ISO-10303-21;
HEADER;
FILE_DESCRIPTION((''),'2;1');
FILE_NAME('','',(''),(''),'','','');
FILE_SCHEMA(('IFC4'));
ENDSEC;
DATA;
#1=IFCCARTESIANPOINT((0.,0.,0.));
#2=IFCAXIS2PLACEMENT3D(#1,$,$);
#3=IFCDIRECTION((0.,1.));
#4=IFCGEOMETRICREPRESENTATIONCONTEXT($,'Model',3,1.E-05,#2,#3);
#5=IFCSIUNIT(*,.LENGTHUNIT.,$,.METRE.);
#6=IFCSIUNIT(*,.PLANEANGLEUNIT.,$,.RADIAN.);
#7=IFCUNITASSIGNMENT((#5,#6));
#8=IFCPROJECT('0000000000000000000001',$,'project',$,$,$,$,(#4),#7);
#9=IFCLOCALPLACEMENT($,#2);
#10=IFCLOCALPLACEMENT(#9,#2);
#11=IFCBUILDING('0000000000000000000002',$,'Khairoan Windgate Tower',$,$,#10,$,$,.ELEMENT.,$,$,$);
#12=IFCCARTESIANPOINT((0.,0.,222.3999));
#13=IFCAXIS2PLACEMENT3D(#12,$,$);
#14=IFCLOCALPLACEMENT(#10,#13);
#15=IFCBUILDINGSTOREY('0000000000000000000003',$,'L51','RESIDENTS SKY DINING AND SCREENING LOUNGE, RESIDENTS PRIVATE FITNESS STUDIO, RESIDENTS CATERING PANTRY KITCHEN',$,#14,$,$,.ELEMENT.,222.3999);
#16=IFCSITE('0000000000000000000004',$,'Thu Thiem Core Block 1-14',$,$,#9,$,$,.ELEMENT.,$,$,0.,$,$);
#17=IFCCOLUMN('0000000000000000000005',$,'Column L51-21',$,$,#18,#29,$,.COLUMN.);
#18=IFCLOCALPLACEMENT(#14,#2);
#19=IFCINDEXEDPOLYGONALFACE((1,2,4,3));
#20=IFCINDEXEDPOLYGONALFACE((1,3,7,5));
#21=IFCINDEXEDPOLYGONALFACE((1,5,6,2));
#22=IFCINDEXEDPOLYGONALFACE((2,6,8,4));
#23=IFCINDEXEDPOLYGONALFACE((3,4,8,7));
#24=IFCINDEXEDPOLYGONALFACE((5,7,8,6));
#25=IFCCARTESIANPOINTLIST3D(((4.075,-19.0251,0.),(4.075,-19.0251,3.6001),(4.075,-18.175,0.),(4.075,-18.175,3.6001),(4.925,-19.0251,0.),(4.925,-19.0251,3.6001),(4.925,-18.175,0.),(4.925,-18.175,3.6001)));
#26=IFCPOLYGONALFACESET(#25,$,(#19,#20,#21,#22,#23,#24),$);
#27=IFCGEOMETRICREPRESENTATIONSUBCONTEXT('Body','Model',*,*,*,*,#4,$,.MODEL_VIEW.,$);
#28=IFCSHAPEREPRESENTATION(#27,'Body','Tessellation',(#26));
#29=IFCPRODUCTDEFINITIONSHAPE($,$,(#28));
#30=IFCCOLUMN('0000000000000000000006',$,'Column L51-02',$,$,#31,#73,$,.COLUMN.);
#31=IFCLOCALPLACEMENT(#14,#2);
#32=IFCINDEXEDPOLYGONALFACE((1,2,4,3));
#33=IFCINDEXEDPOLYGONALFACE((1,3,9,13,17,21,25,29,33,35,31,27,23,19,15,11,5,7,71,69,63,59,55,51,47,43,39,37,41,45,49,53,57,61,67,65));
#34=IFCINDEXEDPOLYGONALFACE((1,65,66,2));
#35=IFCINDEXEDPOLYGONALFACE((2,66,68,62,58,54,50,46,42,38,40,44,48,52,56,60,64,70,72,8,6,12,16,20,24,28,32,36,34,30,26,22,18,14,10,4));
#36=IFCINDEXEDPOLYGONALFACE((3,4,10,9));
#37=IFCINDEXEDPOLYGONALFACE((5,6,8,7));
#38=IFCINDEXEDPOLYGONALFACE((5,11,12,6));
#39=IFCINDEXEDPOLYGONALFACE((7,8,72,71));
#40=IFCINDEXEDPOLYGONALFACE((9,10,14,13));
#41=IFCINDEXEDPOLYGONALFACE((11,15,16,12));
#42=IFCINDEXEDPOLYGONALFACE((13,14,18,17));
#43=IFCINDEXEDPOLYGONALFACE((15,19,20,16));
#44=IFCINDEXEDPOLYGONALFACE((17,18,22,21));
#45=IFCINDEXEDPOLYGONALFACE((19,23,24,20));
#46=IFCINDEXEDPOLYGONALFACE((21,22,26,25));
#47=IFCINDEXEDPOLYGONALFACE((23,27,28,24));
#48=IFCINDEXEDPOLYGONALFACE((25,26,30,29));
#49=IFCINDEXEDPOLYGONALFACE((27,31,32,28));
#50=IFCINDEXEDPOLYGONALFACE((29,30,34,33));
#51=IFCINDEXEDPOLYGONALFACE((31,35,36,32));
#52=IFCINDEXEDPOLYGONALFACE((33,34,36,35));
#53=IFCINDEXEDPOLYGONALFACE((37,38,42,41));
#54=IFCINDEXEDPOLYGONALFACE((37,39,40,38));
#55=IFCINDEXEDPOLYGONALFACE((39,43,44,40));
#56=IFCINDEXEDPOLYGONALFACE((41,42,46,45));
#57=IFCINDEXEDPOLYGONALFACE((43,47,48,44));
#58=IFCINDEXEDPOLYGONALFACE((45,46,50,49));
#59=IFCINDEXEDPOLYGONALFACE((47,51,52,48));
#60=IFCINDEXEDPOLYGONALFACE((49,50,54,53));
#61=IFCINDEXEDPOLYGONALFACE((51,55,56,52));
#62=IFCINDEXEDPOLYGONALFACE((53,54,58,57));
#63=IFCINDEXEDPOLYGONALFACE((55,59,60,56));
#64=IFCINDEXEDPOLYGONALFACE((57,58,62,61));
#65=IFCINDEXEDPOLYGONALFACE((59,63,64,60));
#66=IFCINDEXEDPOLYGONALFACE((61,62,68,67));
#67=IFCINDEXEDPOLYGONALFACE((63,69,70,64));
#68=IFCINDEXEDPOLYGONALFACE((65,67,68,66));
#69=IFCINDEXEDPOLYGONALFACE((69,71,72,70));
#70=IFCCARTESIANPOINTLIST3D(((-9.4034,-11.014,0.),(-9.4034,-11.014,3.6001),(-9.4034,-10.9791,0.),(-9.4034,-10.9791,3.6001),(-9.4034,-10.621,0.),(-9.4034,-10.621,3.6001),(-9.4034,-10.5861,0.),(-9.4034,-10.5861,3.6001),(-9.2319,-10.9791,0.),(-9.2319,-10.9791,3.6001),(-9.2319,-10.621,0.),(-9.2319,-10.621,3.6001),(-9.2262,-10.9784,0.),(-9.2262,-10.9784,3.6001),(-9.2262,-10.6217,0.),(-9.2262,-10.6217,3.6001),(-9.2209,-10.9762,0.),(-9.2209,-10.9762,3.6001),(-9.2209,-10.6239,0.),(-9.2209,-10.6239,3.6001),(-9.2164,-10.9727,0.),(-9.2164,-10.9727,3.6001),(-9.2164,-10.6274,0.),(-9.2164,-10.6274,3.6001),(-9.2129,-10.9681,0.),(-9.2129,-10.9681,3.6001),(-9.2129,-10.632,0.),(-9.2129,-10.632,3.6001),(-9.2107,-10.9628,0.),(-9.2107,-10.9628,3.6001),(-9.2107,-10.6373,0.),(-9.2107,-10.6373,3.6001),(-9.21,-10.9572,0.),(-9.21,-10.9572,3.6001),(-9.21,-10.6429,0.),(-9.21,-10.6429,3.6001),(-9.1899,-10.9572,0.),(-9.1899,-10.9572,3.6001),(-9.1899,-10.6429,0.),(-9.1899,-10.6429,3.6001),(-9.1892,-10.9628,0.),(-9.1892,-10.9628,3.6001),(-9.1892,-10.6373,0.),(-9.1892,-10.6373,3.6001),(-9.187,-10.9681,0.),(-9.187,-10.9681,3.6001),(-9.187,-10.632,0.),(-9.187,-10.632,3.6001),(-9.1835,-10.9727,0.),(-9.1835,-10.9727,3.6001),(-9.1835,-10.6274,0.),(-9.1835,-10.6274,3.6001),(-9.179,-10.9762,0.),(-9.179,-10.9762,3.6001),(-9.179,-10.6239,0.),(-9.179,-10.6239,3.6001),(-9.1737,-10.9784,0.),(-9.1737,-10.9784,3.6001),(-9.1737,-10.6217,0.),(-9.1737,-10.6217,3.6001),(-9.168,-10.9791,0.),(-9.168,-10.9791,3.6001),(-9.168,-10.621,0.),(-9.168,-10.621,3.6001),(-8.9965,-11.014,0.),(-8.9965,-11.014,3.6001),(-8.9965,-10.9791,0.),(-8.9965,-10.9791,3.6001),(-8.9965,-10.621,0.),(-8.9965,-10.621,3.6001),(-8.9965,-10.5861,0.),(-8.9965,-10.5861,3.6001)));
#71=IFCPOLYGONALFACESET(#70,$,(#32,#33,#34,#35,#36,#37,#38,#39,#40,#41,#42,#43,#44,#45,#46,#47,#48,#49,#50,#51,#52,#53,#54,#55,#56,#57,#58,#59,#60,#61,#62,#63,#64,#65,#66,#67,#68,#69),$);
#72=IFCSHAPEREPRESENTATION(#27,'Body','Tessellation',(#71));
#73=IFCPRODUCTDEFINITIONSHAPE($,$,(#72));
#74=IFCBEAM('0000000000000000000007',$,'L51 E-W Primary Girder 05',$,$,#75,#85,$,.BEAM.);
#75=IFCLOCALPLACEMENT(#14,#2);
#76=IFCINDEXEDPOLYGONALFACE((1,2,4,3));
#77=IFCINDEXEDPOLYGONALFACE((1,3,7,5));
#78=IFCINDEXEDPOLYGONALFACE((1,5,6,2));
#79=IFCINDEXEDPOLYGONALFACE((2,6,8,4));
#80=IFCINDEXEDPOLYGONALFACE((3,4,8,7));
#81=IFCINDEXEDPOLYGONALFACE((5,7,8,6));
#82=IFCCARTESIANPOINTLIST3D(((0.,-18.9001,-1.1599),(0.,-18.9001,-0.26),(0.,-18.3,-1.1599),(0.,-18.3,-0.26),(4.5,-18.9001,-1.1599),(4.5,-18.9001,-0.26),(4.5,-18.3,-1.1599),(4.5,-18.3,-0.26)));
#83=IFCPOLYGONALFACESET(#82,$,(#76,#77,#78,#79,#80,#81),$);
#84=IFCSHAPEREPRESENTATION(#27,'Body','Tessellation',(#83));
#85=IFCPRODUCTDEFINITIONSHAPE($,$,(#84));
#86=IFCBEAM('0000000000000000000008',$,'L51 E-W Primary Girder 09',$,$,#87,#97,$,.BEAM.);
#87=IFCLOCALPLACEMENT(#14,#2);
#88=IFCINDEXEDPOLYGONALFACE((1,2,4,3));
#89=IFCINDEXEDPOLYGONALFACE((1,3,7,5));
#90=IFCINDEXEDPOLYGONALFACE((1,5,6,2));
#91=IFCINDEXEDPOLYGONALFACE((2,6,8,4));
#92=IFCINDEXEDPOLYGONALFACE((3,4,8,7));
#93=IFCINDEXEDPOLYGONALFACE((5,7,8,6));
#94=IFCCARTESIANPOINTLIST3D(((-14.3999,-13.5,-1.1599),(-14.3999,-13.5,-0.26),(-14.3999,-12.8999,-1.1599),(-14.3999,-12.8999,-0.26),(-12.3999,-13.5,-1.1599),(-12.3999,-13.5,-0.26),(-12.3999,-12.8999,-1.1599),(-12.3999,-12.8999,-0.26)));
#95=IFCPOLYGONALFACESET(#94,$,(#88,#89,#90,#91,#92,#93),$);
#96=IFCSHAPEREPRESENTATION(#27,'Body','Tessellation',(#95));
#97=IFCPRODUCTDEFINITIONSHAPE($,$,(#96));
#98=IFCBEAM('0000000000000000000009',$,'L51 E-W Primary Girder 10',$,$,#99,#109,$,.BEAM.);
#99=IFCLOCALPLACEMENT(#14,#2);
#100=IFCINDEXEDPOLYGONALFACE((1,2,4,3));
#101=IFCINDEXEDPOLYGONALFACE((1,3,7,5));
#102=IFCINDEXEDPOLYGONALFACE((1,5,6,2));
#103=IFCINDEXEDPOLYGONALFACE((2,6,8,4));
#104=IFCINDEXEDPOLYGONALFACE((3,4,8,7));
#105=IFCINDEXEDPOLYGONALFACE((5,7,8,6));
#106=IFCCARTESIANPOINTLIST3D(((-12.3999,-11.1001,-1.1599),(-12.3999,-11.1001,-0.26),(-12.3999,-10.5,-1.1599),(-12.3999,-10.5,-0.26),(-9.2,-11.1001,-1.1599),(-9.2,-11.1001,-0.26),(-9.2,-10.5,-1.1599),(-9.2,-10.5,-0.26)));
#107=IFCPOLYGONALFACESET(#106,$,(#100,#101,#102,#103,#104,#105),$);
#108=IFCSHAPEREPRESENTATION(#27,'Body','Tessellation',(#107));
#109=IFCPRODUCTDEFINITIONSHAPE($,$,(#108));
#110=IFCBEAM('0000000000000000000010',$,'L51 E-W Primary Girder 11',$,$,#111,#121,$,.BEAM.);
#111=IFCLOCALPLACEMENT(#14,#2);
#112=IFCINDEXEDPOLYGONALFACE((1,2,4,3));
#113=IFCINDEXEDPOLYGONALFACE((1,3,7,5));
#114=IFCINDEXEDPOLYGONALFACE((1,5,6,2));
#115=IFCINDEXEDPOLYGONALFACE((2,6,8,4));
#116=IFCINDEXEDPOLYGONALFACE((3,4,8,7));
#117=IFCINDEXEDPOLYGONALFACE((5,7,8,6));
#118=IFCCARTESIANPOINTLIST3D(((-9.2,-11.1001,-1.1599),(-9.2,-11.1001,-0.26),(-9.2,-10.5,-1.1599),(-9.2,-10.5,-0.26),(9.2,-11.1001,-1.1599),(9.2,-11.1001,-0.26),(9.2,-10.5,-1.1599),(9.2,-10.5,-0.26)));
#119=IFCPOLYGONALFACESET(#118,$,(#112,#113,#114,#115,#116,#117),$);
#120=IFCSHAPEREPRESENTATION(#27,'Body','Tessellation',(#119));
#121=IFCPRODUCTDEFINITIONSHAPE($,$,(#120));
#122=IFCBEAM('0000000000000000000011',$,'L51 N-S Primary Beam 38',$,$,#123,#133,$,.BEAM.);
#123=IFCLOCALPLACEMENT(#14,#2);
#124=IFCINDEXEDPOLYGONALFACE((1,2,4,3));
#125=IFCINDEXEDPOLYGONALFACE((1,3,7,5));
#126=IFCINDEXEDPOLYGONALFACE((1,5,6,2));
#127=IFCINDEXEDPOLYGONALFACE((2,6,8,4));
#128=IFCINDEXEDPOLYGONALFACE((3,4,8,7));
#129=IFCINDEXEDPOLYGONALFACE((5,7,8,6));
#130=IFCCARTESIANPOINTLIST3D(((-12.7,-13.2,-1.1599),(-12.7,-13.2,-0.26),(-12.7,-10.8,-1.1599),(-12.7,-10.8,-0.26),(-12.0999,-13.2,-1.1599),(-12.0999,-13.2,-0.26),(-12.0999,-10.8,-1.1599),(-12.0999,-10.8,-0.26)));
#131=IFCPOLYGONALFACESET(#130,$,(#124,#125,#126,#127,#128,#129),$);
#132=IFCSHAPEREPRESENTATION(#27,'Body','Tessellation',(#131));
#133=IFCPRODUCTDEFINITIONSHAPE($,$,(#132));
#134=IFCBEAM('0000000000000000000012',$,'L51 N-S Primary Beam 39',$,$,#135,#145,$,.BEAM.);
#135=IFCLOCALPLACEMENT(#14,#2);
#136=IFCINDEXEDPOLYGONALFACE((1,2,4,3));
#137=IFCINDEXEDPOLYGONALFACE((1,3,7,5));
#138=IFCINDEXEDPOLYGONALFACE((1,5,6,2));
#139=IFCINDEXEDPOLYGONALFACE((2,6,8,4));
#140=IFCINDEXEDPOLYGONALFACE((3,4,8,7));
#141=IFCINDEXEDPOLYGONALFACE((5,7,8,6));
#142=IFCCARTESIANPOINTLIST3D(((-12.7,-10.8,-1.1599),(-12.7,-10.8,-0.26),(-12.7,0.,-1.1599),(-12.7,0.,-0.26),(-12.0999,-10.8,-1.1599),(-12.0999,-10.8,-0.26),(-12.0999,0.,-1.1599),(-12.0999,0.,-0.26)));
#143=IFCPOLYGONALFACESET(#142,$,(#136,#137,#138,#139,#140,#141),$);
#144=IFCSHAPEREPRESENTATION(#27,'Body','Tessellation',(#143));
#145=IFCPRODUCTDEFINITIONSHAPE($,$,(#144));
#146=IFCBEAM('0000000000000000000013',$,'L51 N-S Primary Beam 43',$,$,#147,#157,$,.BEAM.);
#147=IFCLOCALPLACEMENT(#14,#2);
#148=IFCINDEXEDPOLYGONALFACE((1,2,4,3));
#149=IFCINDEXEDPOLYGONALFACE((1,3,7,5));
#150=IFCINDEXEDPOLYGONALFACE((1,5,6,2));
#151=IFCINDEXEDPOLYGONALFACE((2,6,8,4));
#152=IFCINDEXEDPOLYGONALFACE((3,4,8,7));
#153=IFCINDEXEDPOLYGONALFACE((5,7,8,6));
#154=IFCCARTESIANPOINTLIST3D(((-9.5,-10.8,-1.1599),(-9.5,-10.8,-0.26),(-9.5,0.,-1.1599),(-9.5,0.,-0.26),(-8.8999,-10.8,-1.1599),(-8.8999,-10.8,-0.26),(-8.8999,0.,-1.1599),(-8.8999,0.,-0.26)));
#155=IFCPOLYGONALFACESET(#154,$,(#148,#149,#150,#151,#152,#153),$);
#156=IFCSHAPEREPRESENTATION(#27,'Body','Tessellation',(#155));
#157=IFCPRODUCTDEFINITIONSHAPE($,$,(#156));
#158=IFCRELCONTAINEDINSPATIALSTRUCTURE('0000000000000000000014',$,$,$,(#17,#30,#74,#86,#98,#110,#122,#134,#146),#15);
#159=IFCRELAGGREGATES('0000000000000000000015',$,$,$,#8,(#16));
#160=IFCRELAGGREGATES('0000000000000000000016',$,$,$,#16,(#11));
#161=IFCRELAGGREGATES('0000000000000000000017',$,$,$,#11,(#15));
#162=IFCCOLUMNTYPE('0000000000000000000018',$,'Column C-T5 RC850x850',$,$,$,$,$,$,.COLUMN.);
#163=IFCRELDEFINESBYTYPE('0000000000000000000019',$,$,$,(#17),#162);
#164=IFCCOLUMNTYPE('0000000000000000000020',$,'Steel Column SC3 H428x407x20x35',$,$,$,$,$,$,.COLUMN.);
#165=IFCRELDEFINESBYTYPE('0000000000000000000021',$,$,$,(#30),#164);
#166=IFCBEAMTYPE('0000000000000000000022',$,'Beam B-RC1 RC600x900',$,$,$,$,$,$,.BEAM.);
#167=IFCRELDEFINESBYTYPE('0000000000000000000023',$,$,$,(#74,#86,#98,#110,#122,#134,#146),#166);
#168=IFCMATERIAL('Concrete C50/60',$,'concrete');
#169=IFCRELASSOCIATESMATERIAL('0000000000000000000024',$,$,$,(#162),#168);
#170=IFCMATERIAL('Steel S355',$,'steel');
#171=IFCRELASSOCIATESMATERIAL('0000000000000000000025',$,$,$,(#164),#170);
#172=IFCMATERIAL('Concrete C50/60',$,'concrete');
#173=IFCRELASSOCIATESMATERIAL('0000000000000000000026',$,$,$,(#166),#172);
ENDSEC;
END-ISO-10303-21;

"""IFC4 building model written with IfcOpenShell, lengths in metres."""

from ifc_helpers import new_model, si_unit, direction, frame, origin, origin_2d, place, context, subcontext, project, spatial, rectangle, i_section, extrude, material, material_profile, profile_set, type_object, element, save


model = new_model("IFC4")

# Units and contexts
model_context = context("Model", 3, precision=1e-05, world=origin(), true_north=direction((0.0, 1.0)))
body_context = subcontext(model_context, "Body", "Model", "MODEL_VIEW")
ifc_project = project(units=[si_unit("LENGTHUNIT", "METRE"), si_unit("PLANEANGLEUNIT", "RADIAN")], contexts=[model_context])

# Site, building, storey
site_placement = place(None, origin())
site = spatial("IfcSite", under=ifc_project, at=site_placement, Name="Thu Thiem Core Block 1-14", CompositionType="ELEMENT", RefElevation=0.0)
building_placement = place(site_placement, origin())
building = spatial("IfcBuilding", under=site, at=building_placement, Name="Khairoan Windgate Tower", CompositionType="ELEMENT")
storey_placement = place(building_placement, frame((0.0, 0.0, 222.3999)))
storey = spatial("IfcBuildingStorey", under=building, at=storey_placement, Name="L51", Description="RESIDENTS SKY DINING AND SCREENING LOUNGE, RESIDENTS PRIVATE FITNESS STUDIO, RESIDENTS CATERING PANTRY KITCHEN", CompositionType="ELEMENT", Elevation=222.3999)

# Columns
ifc_material_1 = material(Name="Concrete C50/60", Category="concrete")
ifc_material_profile_1 = material_profile(ifc_material_1, rectangle(XDim=0.8501, YDim=0.8501, at=origin_2d()))
ifc_profile_set_1 = profile_set([ifc_material_profile_1], Name="Concrete C50/60")
column_type_1 = type_object("IfcColumnType", Name="Column C-T5 RC850x850", PredefinedType="COLUMN", material=ifc_profile_set_1)
column_1_placement = place(storey_placement, frame((4.5, -18.6001, 0.0), z_axis=(0.0, 0.0, 1.0), x_axis=(1.0, 0.0, 0.0)))
element("IfcColumn", 1, at=column_1_placement, inside=storey, type_object=column_type_1, Name="Column L51-21", PredefinedType="COLUMN", context=body_context, shape_type="SweptSolid", body=[
    extrude(rectangle(XDim=0.8501, YDim=0.8501, at=origin_2d()), origin(), (0.0, 0.0, 1.0), 3.6001),
])
ifc_material_2 = material(Name="Steel S355", Category="steel")
ifc_material_profile_2 = material_profile(ifc_material_2, i_section(OverallWidth=0.407, OverallDepth=0.428, WebThickness=0.02, FlangeThickness=0.0349, FilletRadius=0.022, at=origin_2d()))
ifc_profile_set_2 = profile_set([ifc_material_profile_2], Name="Steel S355")
column_type_2 = type_object("IfcColumnType", Name="Steel Column SC3 H428x407x20x35", PredefinedType="COLUMN", material=ifc_profile_set_2)
column_2_placement = place(storey_placement, frame((-9.2, -10.8, 0.0), z_axis=(0.0, 0.0, 1.0), x_axis=(1.0, 0.0, 0.0)))
element("IfcColumn", 2, at=column_2_placement, inside=storey, type_object=column_type_2, Name="Column L51-02", PredefinedType="COLUMN", context=body_context, shape_type="SweptSolid", body=[
    extrude(i_section(OverallWidth=0.407, OverallDepth=0.428, WebThickness=0.02, FlangeThickness=0.0349, FilletRadius=0.022, at=origin_2d()), origin(), (0.0, 0.0, 1.0), 3.6001),
])

# Beams
ifc_material_3 = material(Name="Concrete C50/60", Category="concrete")
ifc_material_profile_3 = material_profile(ifc_material_3, rectangle(XDim=0.6001, YDim=0.8999, at=origin_2d()))
ifc_profile_set_3 = profile_set([ifc_material_profile_3], Name="Concrete C50/60")
beam_type_1 = type_object("IfcBeamType", Name="Beam B-RC1 RC600x900", PredefinedType="BEAM", material=ifc_profile_set_3)
beam_1_placement = place(storey_placement, frame((0.0, -18.6001, -0.71), z_axis=(1.0, 0.0, 0.0), x_axis=(0.0, 1.0, 0.0)))
element("IfcBeam", 3, at=beam_1_placement, inside=storey, type_object=beam_type_1, Name="L51 E-W Primary Girder 05", PredefinedType="BEAM", context=body_context, shape_type="SweptSolid", body=[
    extrude(rectangle(XDim=0.6001, YDim=0.8999, at=origin_2d()), origin(), (0.0, 0.0, 1.0), 4.5),
])
beam_2_placement = place(storey_placement, frame((-14.3999, -13.2, -0.71), z_axis=(1.0, 0.0, 0.0), x_axis=(0.0, 1.0, 0.0)))
element("IfcBeam", 4, at=beam_2_placement, inside=storey, type_object=beam_type_1, Name="L51 E-W Primary Girder 09", PredefinedType="BEAM", context=body_context, shape_type="SweptSolid", body=[
    extrude(rectangle(XDim=0.6001, YDim=0.8999, at=origin_2d()), origin(), (0.0, 0.0, 1.0), 2.0),
])
beam_3_placement = place(storey_placement, frame((-12.3999, -10.8, -0.71), z_axis=(1.0, 0.0, 0.0), x_axis=(0.0, 1.0, 0.0)))
element("IfcBeam", 5, at=beam_3_placement, inside=storey, type_object=beam_type_1, Name="L51 E-W Primary Girder 10", PredefinedType="BEAM", context=body_context, shape_type="SweptSolid", body=[
    extrude(rectangle(XDim=0.6001, YDim=0.8999, at=origin_2d()), origin(), (0.0, 0.0, 1.0), 3.2),
])
beam_4_placement = place(storey_placement, frame((-9.2, -10.8, -0.71), z_axis=(1.0, 0.0, 0.0), x_axis=(0.0, 1.0, 0.0)))
element("IfcBeam", 6, at=beam_4_placement, inside=storey, type_object=beam_type_1, Name="L51 E-W Primary Girder 11", PredefinedType="BEAM", context=body_context, shape_type="SweptSolid", body=[
    extrude(rectangle(XDim=0.6001, YDim=0.8999, at=origin_2d()), origin(), (0.0, 0.0, 1.0), 18.3999),
])
beam_5_placement = place(storey_placement, frame((-12.3999, -13.2, -0.71), z_axis=(0.0, 1.0, 0.0), x_axis=(-1.0, 0.0, 0.0)))
element("IfcBeam", 7, at=beam_5_placement, inside=storey, type_object=beam_type_1, Name="L51 N-S Primary Beam 38", PredefinedType="BEAM", context=body_context, shape_type="SweptSolid", body=[
    extrude(rectangle(XDim=0.6001, YDim=0.8999, at=origin_2d()), origin(), (0.0, 0.0, 1.0), 2.3999),
])
for number, where, z_axis, x_axis, name in (
    (8, (-12.3999, -10.8, -0.71), (0.0, 1.0, 0.0), (-1.0, 0.0, 0.0), "L51 N-S Primary Beam 39"),
    (9, (-9.2, -10.8, -0.71), (0.0, 1.0, 0.0), (-1.0, 0.0, 0.0), "L51 N-S Primary Beam 43"),
):
    element("IfcBeam", number, at=place(storey_placement, frame(where, z_axis=z_axis, x_axis=x_axis)), inside=storey, type_object=beam_type_1, Name=name, PredefinedType="BEAM", context=body_context, shape_type="SweptSolid", body=[
        extrude(rectangle(XDim=0.6001, YDim=0.8999, at=origin_2d()), origin(), (0.0, 0.0, 1.0), 10.8),
    ])

save(model, "model.ifc")
